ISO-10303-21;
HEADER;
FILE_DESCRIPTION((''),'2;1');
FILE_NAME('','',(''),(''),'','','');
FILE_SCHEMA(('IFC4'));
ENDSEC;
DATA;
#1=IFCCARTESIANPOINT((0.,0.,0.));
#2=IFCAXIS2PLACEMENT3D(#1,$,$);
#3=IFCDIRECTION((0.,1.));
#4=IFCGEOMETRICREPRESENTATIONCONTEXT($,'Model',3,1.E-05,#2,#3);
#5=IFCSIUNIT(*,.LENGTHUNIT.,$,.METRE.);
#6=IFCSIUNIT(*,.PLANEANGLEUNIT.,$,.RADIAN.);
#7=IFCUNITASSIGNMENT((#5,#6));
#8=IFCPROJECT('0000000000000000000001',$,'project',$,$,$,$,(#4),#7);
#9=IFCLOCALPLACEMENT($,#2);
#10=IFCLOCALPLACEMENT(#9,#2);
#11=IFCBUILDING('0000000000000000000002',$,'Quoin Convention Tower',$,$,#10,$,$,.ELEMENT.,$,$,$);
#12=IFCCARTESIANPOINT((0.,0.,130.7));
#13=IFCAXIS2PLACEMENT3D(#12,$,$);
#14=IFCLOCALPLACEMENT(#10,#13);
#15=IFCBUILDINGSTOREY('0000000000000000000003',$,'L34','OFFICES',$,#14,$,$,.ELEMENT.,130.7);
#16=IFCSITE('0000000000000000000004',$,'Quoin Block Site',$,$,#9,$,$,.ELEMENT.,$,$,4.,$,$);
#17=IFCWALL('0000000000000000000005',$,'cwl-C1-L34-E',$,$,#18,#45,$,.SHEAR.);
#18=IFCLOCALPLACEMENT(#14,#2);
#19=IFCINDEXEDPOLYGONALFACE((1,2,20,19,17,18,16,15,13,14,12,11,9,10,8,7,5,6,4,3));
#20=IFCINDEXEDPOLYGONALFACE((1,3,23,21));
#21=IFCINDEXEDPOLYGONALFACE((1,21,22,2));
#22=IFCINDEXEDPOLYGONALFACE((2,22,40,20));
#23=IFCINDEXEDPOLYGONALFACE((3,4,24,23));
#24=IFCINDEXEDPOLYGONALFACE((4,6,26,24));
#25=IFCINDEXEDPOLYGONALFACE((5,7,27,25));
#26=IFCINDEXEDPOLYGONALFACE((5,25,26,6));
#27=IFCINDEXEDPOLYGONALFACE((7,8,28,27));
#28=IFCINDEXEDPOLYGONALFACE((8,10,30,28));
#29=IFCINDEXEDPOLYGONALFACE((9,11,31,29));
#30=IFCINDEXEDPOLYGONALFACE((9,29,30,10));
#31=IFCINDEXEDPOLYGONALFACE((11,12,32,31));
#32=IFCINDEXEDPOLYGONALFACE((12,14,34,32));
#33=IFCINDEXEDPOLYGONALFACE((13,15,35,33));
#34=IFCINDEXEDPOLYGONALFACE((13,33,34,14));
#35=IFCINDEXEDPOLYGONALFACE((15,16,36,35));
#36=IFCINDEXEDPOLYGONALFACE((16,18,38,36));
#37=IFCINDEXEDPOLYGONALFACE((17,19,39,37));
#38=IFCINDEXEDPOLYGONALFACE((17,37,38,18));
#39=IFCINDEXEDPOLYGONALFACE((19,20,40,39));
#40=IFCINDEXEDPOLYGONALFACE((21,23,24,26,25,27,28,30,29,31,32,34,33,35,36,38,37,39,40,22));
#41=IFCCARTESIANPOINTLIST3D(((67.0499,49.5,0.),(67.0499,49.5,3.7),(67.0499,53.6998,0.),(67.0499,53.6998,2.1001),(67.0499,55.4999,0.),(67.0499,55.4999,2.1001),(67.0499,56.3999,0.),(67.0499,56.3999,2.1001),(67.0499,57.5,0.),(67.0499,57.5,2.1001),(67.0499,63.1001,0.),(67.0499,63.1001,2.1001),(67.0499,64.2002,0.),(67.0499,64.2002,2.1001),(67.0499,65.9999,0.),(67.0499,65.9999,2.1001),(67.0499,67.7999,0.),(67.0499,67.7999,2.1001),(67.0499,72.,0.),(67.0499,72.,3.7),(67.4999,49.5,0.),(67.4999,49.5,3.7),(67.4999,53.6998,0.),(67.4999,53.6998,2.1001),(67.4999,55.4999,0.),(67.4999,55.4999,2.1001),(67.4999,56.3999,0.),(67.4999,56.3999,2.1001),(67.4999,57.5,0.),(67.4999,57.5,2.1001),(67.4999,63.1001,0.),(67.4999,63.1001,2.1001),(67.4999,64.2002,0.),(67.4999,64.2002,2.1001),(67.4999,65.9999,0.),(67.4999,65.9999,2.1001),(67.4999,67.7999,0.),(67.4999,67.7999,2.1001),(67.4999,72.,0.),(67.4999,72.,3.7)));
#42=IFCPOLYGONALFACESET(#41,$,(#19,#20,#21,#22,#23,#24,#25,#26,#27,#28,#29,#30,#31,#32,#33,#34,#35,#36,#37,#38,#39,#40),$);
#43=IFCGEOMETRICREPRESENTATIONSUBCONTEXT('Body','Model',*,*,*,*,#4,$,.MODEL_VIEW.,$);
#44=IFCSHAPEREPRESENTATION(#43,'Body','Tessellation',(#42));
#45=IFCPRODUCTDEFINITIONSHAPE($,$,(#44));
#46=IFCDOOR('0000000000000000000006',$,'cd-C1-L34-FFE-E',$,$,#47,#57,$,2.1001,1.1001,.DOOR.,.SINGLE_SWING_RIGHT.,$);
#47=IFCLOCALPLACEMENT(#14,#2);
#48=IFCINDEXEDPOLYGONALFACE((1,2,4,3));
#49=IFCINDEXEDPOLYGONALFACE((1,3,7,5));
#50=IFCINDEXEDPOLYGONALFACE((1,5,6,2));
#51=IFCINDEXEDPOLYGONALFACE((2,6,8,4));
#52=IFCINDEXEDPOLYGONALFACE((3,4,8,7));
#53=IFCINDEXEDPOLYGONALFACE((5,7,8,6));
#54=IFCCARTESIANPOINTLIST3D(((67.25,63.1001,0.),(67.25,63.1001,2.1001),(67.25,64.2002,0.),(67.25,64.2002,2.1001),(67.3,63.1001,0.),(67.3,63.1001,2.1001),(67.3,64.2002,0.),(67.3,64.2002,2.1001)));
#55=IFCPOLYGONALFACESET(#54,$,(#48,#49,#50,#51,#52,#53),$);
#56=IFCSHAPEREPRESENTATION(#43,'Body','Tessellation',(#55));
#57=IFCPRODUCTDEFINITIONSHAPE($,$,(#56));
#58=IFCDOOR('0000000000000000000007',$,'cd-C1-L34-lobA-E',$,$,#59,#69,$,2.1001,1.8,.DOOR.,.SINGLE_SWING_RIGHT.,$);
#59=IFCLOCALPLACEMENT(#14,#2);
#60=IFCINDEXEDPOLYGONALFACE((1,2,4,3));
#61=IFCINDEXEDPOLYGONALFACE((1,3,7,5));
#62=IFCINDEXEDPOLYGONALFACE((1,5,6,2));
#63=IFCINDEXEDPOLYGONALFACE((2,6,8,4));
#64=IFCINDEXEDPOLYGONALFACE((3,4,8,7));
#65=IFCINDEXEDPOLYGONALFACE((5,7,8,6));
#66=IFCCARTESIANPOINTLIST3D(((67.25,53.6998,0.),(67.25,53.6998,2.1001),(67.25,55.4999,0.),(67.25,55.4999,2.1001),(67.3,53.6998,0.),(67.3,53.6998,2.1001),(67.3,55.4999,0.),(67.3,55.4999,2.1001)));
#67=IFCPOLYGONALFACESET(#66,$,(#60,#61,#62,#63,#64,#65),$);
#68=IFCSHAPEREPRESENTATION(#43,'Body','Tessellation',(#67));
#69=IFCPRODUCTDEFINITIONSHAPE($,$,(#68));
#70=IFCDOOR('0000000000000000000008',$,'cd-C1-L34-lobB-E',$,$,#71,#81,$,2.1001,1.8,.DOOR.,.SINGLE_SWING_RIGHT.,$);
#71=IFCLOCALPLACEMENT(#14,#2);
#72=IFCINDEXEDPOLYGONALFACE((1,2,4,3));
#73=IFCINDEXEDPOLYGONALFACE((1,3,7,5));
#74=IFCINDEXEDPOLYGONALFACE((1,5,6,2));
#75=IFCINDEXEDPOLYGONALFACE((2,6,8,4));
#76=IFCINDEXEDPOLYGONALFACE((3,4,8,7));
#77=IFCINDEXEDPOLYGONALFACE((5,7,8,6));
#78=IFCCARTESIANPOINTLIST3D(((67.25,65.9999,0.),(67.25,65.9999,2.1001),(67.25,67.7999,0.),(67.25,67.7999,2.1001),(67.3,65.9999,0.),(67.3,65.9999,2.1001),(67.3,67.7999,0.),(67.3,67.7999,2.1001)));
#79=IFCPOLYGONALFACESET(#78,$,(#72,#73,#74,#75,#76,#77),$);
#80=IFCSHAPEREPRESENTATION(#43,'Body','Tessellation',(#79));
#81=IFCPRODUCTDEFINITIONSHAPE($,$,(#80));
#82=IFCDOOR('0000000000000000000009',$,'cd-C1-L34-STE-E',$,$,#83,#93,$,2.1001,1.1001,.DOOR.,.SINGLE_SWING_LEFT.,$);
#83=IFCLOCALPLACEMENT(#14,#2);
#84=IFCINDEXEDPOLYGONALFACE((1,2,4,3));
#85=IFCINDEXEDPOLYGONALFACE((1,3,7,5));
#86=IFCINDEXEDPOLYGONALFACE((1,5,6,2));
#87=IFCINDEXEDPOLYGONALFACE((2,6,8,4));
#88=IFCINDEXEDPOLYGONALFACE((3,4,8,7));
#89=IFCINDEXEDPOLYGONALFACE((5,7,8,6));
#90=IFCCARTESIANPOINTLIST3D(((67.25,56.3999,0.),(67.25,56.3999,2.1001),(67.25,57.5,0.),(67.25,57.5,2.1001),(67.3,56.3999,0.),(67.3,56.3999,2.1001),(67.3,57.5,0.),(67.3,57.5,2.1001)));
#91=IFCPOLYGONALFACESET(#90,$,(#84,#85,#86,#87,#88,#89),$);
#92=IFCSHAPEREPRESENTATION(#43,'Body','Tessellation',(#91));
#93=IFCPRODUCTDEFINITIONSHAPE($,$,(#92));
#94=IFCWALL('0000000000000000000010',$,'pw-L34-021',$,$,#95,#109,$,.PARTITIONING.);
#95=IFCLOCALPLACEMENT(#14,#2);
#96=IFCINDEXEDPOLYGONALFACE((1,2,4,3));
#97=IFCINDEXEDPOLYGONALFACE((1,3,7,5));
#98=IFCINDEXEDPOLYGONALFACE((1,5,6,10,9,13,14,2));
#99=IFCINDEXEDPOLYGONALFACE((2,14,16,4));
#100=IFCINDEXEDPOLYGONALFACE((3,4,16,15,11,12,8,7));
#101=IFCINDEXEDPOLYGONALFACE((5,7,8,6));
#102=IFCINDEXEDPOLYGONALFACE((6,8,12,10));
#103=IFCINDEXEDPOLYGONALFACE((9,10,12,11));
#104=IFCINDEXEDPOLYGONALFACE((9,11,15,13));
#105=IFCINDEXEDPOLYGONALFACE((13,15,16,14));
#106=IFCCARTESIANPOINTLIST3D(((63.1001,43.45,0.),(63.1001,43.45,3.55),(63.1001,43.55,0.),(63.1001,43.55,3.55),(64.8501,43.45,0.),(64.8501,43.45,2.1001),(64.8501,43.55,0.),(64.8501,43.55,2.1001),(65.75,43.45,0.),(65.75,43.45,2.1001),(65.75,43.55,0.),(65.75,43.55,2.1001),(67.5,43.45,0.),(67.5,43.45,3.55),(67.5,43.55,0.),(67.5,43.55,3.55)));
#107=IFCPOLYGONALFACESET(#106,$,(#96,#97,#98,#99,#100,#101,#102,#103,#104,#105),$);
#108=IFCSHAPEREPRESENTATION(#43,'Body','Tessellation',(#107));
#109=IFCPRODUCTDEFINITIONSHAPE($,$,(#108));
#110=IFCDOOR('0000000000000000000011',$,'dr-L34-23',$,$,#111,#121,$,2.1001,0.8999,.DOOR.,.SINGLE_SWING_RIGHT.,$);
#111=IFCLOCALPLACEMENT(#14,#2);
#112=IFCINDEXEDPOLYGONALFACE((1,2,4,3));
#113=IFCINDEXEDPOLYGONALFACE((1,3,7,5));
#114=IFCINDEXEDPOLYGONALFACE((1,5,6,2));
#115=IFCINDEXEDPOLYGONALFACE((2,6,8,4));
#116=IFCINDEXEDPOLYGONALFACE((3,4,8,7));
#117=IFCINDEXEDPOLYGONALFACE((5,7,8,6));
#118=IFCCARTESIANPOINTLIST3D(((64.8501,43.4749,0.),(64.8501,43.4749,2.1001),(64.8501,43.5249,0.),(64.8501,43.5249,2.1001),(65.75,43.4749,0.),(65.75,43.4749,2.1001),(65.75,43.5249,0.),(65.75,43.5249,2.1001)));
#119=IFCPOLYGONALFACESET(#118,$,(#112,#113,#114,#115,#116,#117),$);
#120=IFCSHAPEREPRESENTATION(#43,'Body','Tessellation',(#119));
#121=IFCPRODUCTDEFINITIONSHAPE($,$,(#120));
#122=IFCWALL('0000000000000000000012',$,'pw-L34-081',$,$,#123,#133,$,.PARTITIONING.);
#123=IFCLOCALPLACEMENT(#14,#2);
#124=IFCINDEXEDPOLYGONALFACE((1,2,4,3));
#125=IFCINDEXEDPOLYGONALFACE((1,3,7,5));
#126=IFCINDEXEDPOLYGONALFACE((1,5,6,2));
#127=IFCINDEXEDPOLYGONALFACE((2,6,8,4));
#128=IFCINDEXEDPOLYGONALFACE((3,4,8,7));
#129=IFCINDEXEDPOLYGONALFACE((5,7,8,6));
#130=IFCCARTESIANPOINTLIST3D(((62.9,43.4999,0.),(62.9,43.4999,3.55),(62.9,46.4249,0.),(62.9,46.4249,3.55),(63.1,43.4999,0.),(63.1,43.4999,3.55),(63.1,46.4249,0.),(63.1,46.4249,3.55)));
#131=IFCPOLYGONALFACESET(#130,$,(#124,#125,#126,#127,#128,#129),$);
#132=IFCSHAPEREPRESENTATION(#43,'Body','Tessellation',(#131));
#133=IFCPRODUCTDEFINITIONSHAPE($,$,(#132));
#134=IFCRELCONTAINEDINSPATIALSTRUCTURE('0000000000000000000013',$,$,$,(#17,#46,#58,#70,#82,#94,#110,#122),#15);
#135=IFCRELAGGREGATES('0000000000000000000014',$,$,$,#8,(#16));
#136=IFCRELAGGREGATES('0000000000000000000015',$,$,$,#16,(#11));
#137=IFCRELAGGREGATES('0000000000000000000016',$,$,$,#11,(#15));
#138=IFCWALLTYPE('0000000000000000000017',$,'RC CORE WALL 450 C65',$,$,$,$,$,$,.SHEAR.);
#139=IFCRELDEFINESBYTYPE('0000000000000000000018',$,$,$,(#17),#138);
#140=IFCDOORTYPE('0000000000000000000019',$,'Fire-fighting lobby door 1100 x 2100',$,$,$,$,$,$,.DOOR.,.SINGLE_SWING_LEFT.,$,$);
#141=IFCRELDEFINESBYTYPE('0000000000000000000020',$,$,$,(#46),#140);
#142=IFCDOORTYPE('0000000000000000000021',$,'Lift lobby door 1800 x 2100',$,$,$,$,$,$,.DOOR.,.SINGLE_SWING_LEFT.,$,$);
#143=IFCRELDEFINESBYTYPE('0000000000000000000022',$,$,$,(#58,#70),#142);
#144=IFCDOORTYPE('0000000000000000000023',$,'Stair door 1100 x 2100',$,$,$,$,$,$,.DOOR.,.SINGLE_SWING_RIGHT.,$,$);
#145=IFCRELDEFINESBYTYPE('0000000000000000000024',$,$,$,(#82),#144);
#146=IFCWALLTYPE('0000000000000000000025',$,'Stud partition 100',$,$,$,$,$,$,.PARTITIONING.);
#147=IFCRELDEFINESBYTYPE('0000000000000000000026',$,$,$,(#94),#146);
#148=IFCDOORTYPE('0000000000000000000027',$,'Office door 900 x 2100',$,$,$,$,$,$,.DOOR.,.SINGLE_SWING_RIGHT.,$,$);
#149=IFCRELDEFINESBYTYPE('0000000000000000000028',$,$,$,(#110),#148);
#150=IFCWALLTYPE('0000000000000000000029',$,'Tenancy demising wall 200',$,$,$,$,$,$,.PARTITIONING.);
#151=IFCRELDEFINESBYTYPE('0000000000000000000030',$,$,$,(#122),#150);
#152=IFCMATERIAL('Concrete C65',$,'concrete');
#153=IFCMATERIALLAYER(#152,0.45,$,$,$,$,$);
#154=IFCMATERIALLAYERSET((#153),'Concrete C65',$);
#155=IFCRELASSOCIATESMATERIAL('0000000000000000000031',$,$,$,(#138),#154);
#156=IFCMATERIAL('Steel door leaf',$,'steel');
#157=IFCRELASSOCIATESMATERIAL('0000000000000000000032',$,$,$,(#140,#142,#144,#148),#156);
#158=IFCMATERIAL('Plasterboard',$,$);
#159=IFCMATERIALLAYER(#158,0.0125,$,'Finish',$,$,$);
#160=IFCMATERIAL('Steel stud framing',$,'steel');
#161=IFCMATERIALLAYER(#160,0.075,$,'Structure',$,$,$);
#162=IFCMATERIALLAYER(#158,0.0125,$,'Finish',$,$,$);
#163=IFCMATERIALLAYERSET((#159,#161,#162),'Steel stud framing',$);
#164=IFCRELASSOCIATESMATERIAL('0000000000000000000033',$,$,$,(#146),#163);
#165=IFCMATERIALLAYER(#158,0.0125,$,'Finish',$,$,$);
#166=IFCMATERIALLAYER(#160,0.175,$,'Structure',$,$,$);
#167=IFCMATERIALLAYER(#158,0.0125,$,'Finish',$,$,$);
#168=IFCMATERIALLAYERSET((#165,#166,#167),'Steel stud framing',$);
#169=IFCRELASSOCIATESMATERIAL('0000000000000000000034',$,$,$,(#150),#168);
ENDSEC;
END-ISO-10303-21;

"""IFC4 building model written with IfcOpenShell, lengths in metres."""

from ifc_helpers import new_model, si_unit, direction, frame, frame_2d, origin, place, context, subcontext, project, spatial, rectangle, extrude, material, layer, layer_set, type_object, element, fill, save


model = new_model("IFC4")

# Units and contexts
model_context = context("Model", 3, precision=1e-05, world=origin(), true_north=direction((0.0, 1.0)))
body_context = subcontext(model_context, "Body", "Model", "MODEL_VIEW")
ifc_project = project(units=[si_unit("LENGTHUNIT", "METRE"), si_unit("PLANEANGLEUNIT", "RADIAN")], contexts=[model_context])

# Site, building, storey
site_placement = place(None, origin())
site = spatial("IfcSite", under=ifc_project, at=site_placement, Name="Quoin Block Site", CompositionType="ELEMENT", RefElevation=4.0)
building_placement = place(site_placement, origin())
building = spatial("IfcBuilding", under=site, at=building_placement, Name="Quoin Convention Tower", CompositionType="ELEMENT")
storey_placement = place(building_placement, frame((0.0, 0.0, 130.7)))
storey = spatial("IfcBuildingStorey", under=building, at=storey_placement, Name="L34", Description="OFFICES", CompositionType="ELEMENT", Elevation=130.7)

# Shared definitions
ifc_material_1 = material(Name="Concrete C65", Category="concrete")

# Shared definitions
ifc_material_2 = material(Name="Plasterboard")
ifc_material_3 = material(Name="Steel stud framing", Category="steel")

# Shared definitions
ifc_material_4 = material(Name="Steel door leaf", Category="steel")

# Wall, openings, doors
ifc_layer_1 = layer(ifc_material_1, 0.45)
ifc_layer_set_1 = layer_set([ifc_layer_1], Name="Concrete C65")
wall_type_1 = type_object("IfcWallType", Name="RC CORE WALL 450 C65", PredefinedType="SHEAR", material=ifc_layer_set_1)
wall_1_placement = place(storey_placement, frame((67.2749, 49.5, 0.0), z_axis=(0.0, 0.0, 1.0), x_axis=(0.0, 1.0, 0.0)))
wall_1 = element("IfcWall", 1, at=wall_1_placement, inside=storey, type_object=wall_type_1, Name="cwl-C1-L34-E", PredefinedType="SHEAR", context=body_context, shape_type="SweptSolid", body=[
    extrude(rectangle(XDim=22.5, YDim=0.45, at=frame_2d((11.25, 0.0))), origin(), (0.0, 0.0, 1.0), 3.7),
])
opening_1_placement = place(wall_1_placement, frame((4.2, 0.0, 0.0)))
opening_1 = element("IfcOpeningElement", 2, at=opening_1_placement, cuts=wall_1, PredefinedType="OPENING", context=body_context, shape_type="SweptSolid", body=[
    extrude(rectangle(XDim=1.8, YDim=2.1001, at=frame_2d((0.8999, 1.05))), frame((0.0, 0.2349, 0.0), z_axis=(0.0, -1.0, 0.0), x_axis=(1.0, 0.0, 0.0)), (0.0, 0.0, 1.0), 0.47),
])
opening_2_placement = place(wall_1_placement, frame((6.8999, 0.0, 0.0)))
opening_2 = element("IfcOpeningElement", 3, at=opening_2_placement, cuts=wall_1, PredefinedType="OPENING", context=body_context, shape_type="SweptSolid", body=[
    extrude(rectangle(XDim=1.1001, YDim=2.1001, at=frame_2d((0.55, 1.05))), frame((0.0, 0.2349, 0.0), z_axis=(0.0, -1.0, 0.0), x_axis=(1.0, 0.0, 0.0)), (0.0, 0.0, 1.0), 0.47),
])
opening_3_placement = place(wall_1_placement, frame((13.6001, 0.0, 0.0)))
opening_3 = element("IfcOpeningElement", 4, at=opening_3_placement, cuts=wall_1, PredefinedType="OPENING", context=body_context, shape_type="SweptSolid", body=[
    extrude(rectangle(XDim=1.1001, YDim=2.1001, at=frame_2d((0.55, 1.05))), frame((0.0, 0.2349, 0.0), z_axis=(0.0, -1.0, 0.0), x_axis=(1.0, 0.0, 0.0)), (0.0, 0.0, 1.0), 0.47),
])
opening_4_placement = place(wall_1_placement, frame((16.5, 0.0, 0.0)))
opening_4 = element("IfcOpeningElement", 5, at=opening_4_placement, cuts=wall_1, PredefinedType="OPENING", context=body_context, shape_type="SweptSolid", body=[
    extrude(rectangle(XDim=1.8, YDim=2.1001, at=frame_2d((0.8999, 1.05))), frame((0.0, 0.2349, 0.0), z_axis=(0.0, -1.0, 0.0), x_axis=(1.0, 0.0, 0.0)), (0.0, 0.0, 1.0), 0.47),
])
door_type_1 = type_object("IfcDoorType", Name="Fire-fighting lobby door 1100 x 2100", OperationType="SINGLE_SWING_LEFT", PredefinedType="DOOR", material=ifc_material_4)
door_1_placement = place(opening_3_placement, origin())
door_1 = element("IfcDoor", 6, at=door_1_placement, inside=storey, type_object=door_type_1, Name="cd-C1-L34-FFE-E", OperationType="SINGLE_SWING_RIGHT", OverallHeight=2.1001, OverallWidth=1.1001, PredefinedType="DOOR", context=body_context, shape_type="SweptSolid", body=[
    extrude(rectangle(XDim=1.1001, YDim=2.1001, at=frame_2d((0.55, 1.05))), frame((0.0, 0.0249, 0.0), z_axis=(0.0, -1.0, 0.0), x_axis=(1.0, 0.0, 0.0)), (0.0, 0.0, 1.0), 0.05),
])
fill(opening_3, door_1)
door_type_2 = type_object("IfcDoorType", Name="Lift lobby door 1800 x 2100", OperationType="SINGLE_SWING_LEFT", PredefinedType="DOOR", material=ifc_material_4)
door_2_placement = place(opening_1_placement, origin())
door_2 = element("IfcDoor", 7, at=door_2_placement, inside=storey, type_object=door_type_2, Name="cd-C1-L34-lobA-E", OperationType="SINGLE_SWING_RIGHT", OverallHeight=2.1001, OverallWidth=1.8, PredefinedType="DOOR", context=body_context, shape_type="SweptSolid", body=[
    extrude(rectangle(XDim=1.8, YDim=2.1001, at=frame_2d((0.8999, 1.05))), frame((0.0, 0.0249, 0.0), z_axis=(0.0, -1.0, 0.0), x_axis=(1.0, 0.0, 0.0)), (0.0, 0.0, 1.0), 0.05),
])
fill(opening_1, door_2)
door_3_placement = place(opening_4_placement, origin())
door_3 = element("IfcDoor", 8, at=door_3_placement, inside=storey, type_object=door_type_2, Name="cd-C1-L34-lobB-E", OperationType="SINGLE_SWING_RIGHT", OverallHeight=2.1001, OverallWidth=1.8, PredefinedType="DOOR", context=body_context, shape_type="SweptSolid", body=[
    extrude(rectangle(XDim=1.8, YDim=2.1001, at=frame_2d((0.8999, 1.05))), frame((0.0, 0.0249, 0.0), z_axis=(0.0, -1.0, 0.0), x_axis=(1.0, 0.0, 0.0)), (0.0, 0.0, 1.0), 0.05),
])
fill(opening_4, door_3)
door_type_3 = type_object("IfcDoorType", Name="Stair door 1100 x 2100", OperationType="SINGLE_SWING_RIGHT", PredefinedType="DOOR", material=ifc_material_4)
door_4_placement = place(opening_2_placement, origin())
door_4 = element("IfcDoor", 9, at=door_4_placement, inside=storey, type_object=door_type_3, Name="cd-C1-L34-STE-E", OperationType="SINGLE_SWING_LEFT", OverallHeight=2.1001, OverallWidth=1.1001, PredefinedType="DOOR", context=body_context, shape_type="SweptSolid", body=[
    extrude(rectangle(XDim=1.1001, YDim=2.1001, at=frame_2d((0.55, 1.05))), frame((0.0, 0.0249, 0.0), z_axis=(0.0, -1.0, 0.0), x_axis=(1.0, 0.0, 0.0)), (0.0, 0.0, 1.0), 0.05),
])
fill(opening_2, door_4)

# Wall, opening, door
ifc_layer_2 = layer(ifc_material_2, 0.0125, Name="Finish")
ifc_layer_3 = layer(ifc_material_3, 0.075, Name="Structure")
ifc_layer_4 = layer(ifc_material_2, 0.0125, Name="Finish")
ifc_layer_set_2 = layer_set([ifc_layer_2, ifc_layer_3, ifc_layer_4], Name="Steel stud framing")
wall_type_2 = type_object("IfcWallType", Name="Stud partition 100", PredefinedType="PARTITIONING", material=ifc_layer_set_2)
wall_2_placement = place(storey_placement, frame((63.1001, 43.5, 0.0), z_axis=(0.0, 0.0, 1.0), x_axis=(1.0, 0.0, 0.0)))
wall_2 = element("IfcWall", 10, at=wall_2_placement, inside=storey, type_object=wall_type_2, Name="pw-L34-021", PredefinedType="PARTITIONING", context=body_context, shape_type="SweptSolid", body=[
    extrude(rectangle(XDim=4.3999, YDim=0.1001, at=frame_2d((2.2, 0.0))), origin(), (0.0, 0.0, 1.0), 3.55),
])
opening_5_placement = place(wall_2_placement, frame((1.75, 0.0, 0.0)))
opening_5 = element("IfcOpeningElement", 11, at=opening_5_placement, cuts=wall_2, PredefinedType="OPENING", context=body_context, shape_type="SweptSolid", body=[
    extrude(rectangle(XDim=0.8999, YDim=2.1001, at=frame_2d((0.45, 1.05))), frame((0.0, 0.0601, 0.0), z_axis=(0.0, -1.0, 0.0), x_axis=(1.0, 0.0, 0.0)), (0.0, 0.0, 1.0), 0.1201),
])
door_type_4 = type_object("IfcDoorType", Name="Office door 900 x 2100", OperationType="SINGLE_SWING_RIGHT", PredefinedType="DOOR", material=ifc_material_4)
door_5_placement = place(opening_5_placement, origin())
door_5 = element("IfcDoor", 12, at=door_5_placement, inside=storey, type_object=door_type_4, Name="dr-L34-23", OperationType="SINGLE_SWING_RIGHT", OverallHeight=2.1001, OverallWidth=0.8999, PredefinedType="DOOR", context=body_context, shape_type="SweptSolid", body=[
    extrude(rectangle(XDim=0.8999, YDim=2.1001, at=frame_2d((0.45, 1.05))), frame((0.0, 0.0249, 0.0), z_axis=(0.0, -1.0, 0.0), x_axis=(1.0, 0.0, 0.0)), (0.0, 0.0, 1.0), 0.05),
])
fill(opening_5, door_5)

# Wall
ifc_layer_5 = layer(ifc_material_2, 0.0125, Name="Finish")
ifc_layer_6 = layer(ifc_material_3, 0.175, Name="Structure")
ifc_layer_7 = layer(ifc_material_2, 0.0125, Name="Finish")
ifc_layer_set_3 = layer_set([ifc_layer_5, ifc_layer_6, ifc_layer_7], Name="Steel stud framing")
wall_type_3 = type_object("IfcWallType", Name="Tenancy demising wall 200", PredefinedType="PARTITIONING", material=ifc_layer_set_3)
wall_3_placement = place(storey_placement, frame((63.0, 43.5, 0.0), z_axis=(0.0, 0.0, 1.0), x_axis=(0.0, 1.0, 0.0)))
element("IfcWall", 13, at=wall_3_placement, inside=storey, type_object=wall_type_3, Name="pw-L34-081", PredefinedType="PARTITIONING", context=body_context, shape_type="SweptSolid", body=[
    extrude(rectangle(XDim=2.925, YDim=0.2, at=frame_2d((1.4624, 0.0))), origin(), (0.0, 0.0, 1.0), 3.55),
])

save(model, "model.ifc")
